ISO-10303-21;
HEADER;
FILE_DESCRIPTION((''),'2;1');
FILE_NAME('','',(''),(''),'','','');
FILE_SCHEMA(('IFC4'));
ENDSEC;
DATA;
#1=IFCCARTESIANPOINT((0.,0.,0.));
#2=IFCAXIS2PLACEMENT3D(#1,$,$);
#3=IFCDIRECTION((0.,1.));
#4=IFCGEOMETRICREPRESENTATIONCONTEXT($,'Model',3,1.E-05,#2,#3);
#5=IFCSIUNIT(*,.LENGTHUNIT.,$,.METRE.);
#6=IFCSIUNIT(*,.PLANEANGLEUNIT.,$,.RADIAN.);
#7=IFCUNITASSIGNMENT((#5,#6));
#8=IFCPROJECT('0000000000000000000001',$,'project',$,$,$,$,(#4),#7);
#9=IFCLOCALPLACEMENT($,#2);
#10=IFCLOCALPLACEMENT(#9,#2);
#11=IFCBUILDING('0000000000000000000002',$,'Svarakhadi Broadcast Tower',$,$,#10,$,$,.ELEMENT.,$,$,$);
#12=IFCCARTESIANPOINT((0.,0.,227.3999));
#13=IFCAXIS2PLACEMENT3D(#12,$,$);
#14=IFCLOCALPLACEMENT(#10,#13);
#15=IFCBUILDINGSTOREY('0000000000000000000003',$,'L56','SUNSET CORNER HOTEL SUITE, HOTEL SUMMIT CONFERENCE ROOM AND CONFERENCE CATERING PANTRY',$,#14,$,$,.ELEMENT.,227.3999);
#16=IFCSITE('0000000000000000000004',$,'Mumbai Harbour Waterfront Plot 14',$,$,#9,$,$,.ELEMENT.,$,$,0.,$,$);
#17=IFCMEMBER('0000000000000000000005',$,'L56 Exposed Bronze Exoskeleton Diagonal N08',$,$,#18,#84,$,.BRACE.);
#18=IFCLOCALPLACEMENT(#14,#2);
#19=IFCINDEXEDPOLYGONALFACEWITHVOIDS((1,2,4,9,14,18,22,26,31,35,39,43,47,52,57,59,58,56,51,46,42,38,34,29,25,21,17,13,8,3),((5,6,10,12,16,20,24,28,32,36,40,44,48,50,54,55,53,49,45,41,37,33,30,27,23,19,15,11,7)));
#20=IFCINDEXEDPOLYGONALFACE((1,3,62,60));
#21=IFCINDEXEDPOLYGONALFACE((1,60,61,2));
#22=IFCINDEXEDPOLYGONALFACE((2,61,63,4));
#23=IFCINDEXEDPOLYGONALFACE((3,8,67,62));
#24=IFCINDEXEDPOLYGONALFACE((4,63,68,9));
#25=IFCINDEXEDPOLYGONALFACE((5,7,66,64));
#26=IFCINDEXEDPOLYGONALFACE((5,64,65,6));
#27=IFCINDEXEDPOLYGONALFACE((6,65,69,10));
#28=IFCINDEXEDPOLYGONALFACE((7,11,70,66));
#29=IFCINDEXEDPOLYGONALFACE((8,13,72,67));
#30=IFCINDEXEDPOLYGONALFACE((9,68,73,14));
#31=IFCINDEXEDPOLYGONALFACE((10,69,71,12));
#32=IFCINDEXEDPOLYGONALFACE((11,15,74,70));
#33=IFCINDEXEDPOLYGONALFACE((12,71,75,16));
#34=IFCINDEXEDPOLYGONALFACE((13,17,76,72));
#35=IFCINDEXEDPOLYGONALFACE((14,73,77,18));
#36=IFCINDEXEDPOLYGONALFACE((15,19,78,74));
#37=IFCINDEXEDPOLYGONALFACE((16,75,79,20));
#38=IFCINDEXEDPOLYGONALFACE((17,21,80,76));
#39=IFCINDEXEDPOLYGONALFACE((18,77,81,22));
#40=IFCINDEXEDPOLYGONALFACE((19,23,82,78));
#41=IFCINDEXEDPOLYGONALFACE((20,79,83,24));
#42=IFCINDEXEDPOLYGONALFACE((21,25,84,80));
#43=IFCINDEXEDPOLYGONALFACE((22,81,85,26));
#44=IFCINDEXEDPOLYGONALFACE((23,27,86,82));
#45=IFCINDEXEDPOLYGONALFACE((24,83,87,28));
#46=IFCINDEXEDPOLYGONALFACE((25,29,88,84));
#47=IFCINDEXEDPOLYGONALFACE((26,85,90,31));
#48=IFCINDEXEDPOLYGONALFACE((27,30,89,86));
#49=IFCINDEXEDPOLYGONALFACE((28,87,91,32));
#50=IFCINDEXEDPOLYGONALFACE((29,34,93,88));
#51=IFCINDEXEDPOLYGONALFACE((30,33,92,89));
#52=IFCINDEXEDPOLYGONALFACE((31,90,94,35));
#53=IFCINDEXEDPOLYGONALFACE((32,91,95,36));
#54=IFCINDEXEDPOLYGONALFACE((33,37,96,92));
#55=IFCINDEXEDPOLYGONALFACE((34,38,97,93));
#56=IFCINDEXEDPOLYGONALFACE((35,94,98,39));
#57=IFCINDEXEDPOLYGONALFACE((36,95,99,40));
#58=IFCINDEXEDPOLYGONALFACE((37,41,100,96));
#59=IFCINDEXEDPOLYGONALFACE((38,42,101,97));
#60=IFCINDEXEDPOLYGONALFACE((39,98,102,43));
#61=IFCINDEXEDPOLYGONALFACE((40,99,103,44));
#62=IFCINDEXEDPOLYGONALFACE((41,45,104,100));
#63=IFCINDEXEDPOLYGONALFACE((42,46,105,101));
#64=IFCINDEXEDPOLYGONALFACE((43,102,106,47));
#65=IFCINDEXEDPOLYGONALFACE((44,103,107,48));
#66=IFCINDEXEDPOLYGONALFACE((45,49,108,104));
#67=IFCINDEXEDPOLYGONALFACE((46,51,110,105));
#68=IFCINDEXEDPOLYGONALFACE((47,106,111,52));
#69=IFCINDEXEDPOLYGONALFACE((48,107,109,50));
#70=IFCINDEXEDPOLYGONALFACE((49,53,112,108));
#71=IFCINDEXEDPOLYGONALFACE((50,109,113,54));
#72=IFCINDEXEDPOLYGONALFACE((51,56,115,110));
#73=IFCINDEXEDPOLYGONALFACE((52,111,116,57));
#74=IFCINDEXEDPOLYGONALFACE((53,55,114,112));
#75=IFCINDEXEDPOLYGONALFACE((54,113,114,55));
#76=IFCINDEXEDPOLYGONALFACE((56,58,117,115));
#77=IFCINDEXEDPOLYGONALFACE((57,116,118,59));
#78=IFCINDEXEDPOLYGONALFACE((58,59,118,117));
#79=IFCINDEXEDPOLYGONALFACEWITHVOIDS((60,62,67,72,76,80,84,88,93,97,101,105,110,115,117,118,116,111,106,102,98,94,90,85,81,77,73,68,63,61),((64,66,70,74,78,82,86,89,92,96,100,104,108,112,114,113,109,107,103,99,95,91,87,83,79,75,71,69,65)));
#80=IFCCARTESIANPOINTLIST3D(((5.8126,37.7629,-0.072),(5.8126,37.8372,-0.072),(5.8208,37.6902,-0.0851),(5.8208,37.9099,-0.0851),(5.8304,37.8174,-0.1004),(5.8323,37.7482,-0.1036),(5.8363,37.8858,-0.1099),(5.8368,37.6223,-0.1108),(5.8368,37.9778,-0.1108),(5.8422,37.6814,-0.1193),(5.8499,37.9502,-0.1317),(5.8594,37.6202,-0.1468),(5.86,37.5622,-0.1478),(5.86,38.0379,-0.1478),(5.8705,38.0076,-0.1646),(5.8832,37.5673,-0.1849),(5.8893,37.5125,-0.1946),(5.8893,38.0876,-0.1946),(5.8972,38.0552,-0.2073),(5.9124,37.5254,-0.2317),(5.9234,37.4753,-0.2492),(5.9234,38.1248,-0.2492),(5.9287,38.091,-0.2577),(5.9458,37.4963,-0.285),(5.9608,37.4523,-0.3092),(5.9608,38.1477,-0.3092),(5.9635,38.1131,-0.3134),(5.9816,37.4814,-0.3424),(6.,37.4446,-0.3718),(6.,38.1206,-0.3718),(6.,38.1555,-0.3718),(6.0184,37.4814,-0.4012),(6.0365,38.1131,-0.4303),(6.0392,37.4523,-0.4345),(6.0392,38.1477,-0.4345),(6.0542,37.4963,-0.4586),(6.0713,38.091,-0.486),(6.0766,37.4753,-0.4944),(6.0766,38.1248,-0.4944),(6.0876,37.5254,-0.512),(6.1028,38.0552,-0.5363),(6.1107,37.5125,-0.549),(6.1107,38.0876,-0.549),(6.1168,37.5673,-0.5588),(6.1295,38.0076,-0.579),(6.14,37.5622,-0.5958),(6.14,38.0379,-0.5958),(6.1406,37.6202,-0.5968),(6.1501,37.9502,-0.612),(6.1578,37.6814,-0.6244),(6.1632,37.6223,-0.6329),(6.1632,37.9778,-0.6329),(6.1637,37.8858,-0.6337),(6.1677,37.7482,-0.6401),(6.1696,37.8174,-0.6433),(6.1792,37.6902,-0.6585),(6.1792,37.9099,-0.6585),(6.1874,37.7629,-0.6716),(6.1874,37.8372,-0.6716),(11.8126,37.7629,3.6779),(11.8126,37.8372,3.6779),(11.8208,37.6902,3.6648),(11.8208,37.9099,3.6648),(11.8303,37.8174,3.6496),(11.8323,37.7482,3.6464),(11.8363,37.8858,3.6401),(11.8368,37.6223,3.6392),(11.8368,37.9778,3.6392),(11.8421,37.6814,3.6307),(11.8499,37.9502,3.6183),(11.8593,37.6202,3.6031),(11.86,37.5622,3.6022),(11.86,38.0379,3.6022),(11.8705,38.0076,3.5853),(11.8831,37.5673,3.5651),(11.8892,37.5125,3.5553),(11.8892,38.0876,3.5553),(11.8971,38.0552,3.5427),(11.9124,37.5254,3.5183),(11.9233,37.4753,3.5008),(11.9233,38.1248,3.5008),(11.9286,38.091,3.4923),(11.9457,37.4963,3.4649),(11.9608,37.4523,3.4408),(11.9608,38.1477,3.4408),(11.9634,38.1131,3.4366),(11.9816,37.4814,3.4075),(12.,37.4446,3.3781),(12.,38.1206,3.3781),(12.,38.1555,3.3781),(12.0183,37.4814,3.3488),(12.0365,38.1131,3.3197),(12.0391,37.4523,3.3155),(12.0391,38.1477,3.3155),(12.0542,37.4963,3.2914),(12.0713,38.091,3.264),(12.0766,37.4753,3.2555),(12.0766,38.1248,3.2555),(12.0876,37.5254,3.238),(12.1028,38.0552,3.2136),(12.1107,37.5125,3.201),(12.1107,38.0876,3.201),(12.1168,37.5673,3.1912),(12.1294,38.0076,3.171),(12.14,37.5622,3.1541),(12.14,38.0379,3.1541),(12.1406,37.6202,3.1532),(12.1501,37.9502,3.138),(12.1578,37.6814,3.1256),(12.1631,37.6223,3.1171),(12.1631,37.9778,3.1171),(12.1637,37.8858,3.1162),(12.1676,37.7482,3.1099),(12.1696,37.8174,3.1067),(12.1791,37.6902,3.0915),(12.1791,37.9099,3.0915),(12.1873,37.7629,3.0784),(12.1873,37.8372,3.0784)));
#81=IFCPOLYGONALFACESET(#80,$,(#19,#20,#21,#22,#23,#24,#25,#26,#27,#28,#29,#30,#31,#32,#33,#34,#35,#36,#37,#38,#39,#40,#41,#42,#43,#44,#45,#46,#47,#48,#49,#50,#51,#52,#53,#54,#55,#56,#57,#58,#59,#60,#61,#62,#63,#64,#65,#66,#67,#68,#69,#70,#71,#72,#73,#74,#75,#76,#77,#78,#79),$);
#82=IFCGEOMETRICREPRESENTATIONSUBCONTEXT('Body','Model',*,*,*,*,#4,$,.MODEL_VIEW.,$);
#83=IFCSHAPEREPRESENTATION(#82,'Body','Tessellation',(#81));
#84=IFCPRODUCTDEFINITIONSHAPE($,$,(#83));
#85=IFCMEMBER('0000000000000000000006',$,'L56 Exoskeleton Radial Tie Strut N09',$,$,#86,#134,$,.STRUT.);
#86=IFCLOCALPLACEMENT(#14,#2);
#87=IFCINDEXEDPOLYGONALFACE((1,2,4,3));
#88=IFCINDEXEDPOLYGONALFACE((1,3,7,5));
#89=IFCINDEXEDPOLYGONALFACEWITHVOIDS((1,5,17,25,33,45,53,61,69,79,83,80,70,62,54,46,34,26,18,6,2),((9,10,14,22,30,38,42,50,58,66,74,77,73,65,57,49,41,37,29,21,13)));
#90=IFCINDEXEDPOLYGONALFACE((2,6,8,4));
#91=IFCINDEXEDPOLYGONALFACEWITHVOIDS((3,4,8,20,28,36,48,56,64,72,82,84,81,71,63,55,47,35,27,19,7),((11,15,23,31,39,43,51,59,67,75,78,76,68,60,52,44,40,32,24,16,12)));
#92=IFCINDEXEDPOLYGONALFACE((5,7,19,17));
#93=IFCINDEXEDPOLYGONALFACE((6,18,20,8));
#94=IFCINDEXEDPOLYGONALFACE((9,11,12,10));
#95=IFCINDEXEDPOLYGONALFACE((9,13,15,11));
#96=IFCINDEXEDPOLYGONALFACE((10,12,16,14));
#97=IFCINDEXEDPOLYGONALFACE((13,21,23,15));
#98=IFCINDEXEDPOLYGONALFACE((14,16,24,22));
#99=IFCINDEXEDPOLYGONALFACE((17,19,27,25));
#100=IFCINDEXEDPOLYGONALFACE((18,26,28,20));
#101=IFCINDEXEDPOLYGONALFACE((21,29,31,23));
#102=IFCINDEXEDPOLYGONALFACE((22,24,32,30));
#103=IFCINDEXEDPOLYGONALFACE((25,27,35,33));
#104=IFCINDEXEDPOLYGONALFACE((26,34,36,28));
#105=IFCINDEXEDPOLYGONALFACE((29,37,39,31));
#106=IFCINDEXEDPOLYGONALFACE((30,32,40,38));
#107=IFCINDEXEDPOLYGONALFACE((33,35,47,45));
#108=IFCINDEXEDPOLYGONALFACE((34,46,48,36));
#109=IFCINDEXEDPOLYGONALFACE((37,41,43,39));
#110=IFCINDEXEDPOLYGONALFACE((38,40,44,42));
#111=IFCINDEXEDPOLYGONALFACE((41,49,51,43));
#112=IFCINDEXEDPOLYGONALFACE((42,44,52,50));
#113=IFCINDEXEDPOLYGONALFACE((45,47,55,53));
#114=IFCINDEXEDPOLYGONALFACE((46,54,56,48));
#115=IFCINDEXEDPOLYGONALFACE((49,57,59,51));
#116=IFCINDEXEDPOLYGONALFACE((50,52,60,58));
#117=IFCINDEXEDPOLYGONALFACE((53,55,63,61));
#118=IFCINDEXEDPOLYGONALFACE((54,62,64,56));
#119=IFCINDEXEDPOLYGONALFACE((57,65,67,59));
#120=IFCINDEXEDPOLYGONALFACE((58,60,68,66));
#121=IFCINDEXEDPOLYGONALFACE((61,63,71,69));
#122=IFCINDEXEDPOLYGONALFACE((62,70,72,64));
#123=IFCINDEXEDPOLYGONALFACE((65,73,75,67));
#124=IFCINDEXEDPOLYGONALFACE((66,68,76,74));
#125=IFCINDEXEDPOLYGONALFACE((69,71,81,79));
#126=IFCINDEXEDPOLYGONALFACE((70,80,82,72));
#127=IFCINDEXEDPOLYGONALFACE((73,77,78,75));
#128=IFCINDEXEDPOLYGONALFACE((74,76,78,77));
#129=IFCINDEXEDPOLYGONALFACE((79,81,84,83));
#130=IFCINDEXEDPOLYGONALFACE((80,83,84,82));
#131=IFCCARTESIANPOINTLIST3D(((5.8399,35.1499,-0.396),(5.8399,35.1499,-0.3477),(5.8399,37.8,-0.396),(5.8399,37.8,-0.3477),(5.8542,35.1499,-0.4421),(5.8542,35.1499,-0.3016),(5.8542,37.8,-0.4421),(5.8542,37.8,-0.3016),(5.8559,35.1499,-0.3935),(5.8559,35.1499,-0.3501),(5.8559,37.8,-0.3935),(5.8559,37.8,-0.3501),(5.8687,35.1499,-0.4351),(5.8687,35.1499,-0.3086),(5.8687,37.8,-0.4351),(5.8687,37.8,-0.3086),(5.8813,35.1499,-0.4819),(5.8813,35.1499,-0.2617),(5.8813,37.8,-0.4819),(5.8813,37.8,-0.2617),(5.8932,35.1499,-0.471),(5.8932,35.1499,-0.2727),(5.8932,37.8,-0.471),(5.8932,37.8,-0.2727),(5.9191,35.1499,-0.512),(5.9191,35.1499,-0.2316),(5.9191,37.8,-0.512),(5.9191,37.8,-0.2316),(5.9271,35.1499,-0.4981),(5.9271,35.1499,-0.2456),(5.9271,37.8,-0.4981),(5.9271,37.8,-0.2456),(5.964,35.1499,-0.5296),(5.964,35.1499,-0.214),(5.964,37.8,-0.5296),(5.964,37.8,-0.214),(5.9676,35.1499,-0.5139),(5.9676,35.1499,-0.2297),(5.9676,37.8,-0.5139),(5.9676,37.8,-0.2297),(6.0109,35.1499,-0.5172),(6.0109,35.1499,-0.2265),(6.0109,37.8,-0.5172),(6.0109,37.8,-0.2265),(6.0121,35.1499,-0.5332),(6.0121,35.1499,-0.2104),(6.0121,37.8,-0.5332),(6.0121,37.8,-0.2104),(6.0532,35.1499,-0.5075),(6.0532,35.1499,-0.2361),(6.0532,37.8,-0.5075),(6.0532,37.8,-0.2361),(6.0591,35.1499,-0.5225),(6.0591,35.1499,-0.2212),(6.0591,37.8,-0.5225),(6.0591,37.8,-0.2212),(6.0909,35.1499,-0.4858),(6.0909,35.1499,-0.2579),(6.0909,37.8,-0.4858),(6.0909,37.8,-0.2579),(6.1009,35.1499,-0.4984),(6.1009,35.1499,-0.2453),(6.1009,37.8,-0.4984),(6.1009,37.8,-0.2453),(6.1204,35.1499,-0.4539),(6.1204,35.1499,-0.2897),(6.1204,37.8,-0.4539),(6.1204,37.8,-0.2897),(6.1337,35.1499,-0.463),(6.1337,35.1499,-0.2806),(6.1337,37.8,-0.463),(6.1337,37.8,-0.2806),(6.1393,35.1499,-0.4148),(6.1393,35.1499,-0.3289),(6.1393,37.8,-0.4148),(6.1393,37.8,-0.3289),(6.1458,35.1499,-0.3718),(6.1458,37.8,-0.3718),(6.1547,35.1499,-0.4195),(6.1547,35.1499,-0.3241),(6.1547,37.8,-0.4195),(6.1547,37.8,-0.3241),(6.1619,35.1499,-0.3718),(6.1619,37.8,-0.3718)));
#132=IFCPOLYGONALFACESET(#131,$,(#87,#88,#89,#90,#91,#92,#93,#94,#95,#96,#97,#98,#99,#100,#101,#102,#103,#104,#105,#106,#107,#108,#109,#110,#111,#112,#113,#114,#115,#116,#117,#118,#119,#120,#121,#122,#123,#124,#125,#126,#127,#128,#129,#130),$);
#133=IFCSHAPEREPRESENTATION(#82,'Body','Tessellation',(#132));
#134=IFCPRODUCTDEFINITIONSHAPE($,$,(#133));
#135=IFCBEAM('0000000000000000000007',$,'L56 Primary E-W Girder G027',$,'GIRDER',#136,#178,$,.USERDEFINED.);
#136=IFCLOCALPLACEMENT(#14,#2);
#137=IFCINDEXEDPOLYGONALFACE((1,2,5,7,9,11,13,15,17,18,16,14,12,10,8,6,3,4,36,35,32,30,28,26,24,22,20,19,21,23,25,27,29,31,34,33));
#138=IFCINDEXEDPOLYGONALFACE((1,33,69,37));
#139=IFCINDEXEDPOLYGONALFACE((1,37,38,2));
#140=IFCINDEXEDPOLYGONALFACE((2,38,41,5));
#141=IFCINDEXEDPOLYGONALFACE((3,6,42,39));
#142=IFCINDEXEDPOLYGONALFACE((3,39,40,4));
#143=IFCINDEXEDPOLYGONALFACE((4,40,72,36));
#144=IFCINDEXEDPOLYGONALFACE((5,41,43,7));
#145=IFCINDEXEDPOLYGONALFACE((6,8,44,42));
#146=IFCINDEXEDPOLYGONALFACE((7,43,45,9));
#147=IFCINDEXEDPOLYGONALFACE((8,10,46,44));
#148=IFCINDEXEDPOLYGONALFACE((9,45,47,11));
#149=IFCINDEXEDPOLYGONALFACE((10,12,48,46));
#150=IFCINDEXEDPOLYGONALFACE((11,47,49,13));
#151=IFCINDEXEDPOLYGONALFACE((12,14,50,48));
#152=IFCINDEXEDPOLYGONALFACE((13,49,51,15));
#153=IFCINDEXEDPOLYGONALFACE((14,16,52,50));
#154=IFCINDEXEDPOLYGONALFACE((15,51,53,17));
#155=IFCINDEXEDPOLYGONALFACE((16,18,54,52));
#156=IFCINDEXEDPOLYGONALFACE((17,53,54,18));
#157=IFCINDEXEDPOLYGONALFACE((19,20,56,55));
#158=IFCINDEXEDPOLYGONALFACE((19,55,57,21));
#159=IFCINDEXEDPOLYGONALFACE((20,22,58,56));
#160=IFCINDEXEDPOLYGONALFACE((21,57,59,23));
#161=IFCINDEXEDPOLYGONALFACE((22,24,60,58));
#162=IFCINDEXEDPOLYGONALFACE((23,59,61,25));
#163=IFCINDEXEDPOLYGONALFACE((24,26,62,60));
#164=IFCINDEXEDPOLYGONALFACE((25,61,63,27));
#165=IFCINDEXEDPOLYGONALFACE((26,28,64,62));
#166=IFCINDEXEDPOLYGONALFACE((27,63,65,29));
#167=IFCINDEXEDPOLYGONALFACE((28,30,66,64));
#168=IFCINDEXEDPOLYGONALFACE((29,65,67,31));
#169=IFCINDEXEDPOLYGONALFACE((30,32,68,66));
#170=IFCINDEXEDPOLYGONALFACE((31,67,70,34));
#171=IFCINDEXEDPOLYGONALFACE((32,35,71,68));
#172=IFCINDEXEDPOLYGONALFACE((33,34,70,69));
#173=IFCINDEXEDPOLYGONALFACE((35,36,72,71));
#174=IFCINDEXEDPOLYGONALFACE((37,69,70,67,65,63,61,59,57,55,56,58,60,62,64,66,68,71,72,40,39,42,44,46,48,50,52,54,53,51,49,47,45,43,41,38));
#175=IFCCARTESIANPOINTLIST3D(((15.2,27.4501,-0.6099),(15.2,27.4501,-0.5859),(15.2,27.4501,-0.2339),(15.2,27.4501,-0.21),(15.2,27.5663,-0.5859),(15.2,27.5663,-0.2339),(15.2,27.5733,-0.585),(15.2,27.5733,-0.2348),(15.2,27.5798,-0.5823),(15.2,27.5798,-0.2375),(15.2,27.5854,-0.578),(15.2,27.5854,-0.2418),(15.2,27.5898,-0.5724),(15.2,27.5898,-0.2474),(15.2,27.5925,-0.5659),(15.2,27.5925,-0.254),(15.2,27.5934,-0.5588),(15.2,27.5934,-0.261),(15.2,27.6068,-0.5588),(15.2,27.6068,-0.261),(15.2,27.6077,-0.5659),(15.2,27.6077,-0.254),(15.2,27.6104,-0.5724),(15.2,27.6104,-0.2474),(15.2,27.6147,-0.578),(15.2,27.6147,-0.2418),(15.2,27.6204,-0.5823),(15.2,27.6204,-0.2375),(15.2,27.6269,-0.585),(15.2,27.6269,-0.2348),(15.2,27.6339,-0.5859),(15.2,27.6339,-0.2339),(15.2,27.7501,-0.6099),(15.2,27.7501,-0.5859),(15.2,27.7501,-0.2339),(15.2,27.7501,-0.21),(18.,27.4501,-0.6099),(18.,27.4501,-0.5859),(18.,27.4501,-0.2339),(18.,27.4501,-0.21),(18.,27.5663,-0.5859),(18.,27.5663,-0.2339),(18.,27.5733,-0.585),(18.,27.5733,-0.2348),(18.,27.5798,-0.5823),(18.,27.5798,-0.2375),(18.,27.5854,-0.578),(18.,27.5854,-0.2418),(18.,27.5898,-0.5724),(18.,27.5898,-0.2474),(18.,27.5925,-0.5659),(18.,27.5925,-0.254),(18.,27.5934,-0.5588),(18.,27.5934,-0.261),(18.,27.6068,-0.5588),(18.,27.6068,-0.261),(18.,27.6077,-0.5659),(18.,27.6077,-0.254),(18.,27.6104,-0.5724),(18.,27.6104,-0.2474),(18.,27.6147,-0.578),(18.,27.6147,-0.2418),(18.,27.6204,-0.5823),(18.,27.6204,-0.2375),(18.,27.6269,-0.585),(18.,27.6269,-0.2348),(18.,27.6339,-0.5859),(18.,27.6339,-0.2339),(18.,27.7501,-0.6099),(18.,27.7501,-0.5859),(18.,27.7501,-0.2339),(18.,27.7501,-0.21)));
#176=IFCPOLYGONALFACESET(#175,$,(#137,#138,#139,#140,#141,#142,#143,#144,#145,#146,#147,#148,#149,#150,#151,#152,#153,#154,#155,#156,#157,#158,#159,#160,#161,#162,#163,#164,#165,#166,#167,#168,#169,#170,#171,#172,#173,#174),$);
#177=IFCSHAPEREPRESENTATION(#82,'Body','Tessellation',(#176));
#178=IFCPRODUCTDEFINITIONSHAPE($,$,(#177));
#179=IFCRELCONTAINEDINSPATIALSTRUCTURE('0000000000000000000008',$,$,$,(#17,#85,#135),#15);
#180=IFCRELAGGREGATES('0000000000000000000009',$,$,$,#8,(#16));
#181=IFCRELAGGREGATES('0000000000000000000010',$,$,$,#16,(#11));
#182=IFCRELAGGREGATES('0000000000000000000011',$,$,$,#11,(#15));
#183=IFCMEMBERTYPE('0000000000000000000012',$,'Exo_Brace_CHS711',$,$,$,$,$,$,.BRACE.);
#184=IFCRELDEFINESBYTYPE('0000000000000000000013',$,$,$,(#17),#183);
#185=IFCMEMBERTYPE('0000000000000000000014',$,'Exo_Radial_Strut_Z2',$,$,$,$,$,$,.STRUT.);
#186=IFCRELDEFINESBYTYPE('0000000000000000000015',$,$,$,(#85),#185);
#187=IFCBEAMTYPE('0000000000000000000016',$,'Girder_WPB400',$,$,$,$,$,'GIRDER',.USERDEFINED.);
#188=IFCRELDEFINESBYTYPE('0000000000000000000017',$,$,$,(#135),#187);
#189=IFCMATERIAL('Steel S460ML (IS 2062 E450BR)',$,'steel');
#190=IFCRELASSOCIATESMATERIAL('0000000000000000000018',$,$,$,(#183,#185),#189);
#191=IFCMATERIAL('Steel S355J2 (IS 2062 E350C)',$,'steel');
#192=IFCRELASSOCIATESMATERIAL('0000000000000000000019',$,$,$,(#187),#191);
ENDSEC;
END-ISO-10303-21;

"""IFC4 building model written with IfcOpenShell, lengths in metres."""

from ifc_helpers import new_model, si_unit, direction, frame, origin, origin_2d, place, context, subcontext, project, spatial, hollow_circle, i_section, extrude, material, material_profile, profile_set, type_object, element, save


model = new_model("IFC4")

# Units and contexts
model_context = context("Model", 3, precision=1e-05, world=origin(), true_north=direction((0.0, 1.0)))
body_context = subcontext(model_context, "Body", "Model", "MODEL_VIEW")
ifc_project = project(units=[si_unit("LENGTHUNIT", "METRE"), si_unit("PLANEANGLEUNIT", "RADIAN")], contexts=[model_context])

# Site, building, storey
site_placement = place(None, origin())
site = spatial("IfcSite", under=ifc_project, at=site_placement, Name="Mumbai Harbour Waterfront Plot 14", CompositionType="ELEMENT", RefElevation=0.0)
building_placement = place(site_placement, origin())
building = spatial("IfcBuilding", under=site, at=building_placement, Name="Svarakhadi Broadcast Tower", CompositionType="ELEMENT")
storey_placement = place(building_placement, frame((0.0, 0.0, 227.3999)))
storey = spatial("IfcBuildingStorey", under=building, at=storey_placement, Name="L56", Description="SUNSET CORNER HOTEL SUITE, HOTEL SUMMIT CONFERENCE ROOM AND CONFERENCE CATERING PANTRY", CompositionType="ELEMENT", Elevation=227.3999)

# Shared definitions
ifc_material_1 = material(Name="Steel S460ML (IS 2062 E450BR)", Category="steel")

# Shared definitions
ifc_material_2 = material(Name="Steel S355J2 (IS 2062 E350C)", Category="steel")

# Members
ifc_material_profile_1 = material_profile(ifc_material_1, hollow_circle(Radius=0.3555, WallThickness=0.0349, at=origin_2d()), Name="CHS 711x35")
ifc_profile_set_1 = profile_set([ifc_material_profile_1], Name="Steel S460ML (IS 2062 E450BR)")
member_type_1 = type_object("IfcMemberType", Name="Exo_Brace_CHS711", PredefinedType="BRACE", material=ifc_profile_set_1)
member_1_placement = place(storey_placement, frame((6.0, 37.8, -0.3718), z_axis=(0.847998, 0.0, 0.529999), x_axis=(0.0, 1.0, 0.0)))
element("IfcMember", 1, at=member_1_placement, inside=storey, type_object=member_type_1, Name="L56 Exposed Bronze Exoskeleton Diagonal N08", PredefinedType="BRACE", context=body_context, shape_type="SweptSolid", body=[
    extrude(hollow_circle(Radius=0.3555, WallThickness=0.0349, at=origin_2d()), origin(), (0.0, 0.0, 1.0), 7.0754),
])
ifc_material_profile_2 = material_profile(ifc_material_1, hollow_circle(Radius=0.1619, WallThickness=0.0161, at=origin_2d()), Name="CHS 323.9x16")
ifc_profile_set_2 = profile_set([ifc_material_profile_2], Name="Steel S460ML (IS 2062 E450BR)")
member_type_2 = type_object("IfcMemberType", Name="Exo_Radial_Strut_Z2", PredefinedType="STRUT", material=ifc_profile_set_2)
member_2_placement = place(storey_placement, frame((6.0, 37.8, -0.3718), z_axis=(0.0, -1.0, 0.0), x_axis=(1.0, 0.0, 0.0)))
element("IfcMember", 2, at=member_2_placement, inside=storey, type_object=member_type_2, Name="L56 Exoskeleton Radial Tie Strut N09", PredefinedType="STRUT", context=body_context, shape_type="SweptSolid", body=[
    extrude(hollow_circle(Radius=0.1619, WallThickness=0.0161, at=origin_2d()), origin(), (0.0, 0.0, 1.0), 2.6501),
])

# Beam
ifc_material_profile_3 = material_profile(ifc_material_2, i_section(OverallWidth=0.3, OverallDepth=0.3999, WebThickness=0.0134, FlangeThickness=0.0239, FilletRadius=0.0271, at=origin_2d()), Name="WPB 400x300x155")
ifc_profile_set_3 = profile_set([ifc_material_profile_3], Name="Steel S355J2 (IS 2062 E350C)")
beam_type_1 = type_object("IfcBeamType", Name="Girder_WPB400", ElementType="GIRDER", PredefinedType="USERDEFINED", material=ifc_profile_set_3)
beam_placement = place(storey_placement, frame((15.2, 27.6001, -0.4099), z_axis=(1.0, 0.0, 0.0), x_axis=(0.0, 1.0, 0.0)))
element("IfcBeam", 3, at=beam_placement, inside=storey, type_object=beam_type_1, Name="L56 Primary E-W Girder G027", ObjectType="GIRDER", PredefinedType="USERDEFINED", context=body_context, shape_type="SweptSolid", body=[
    extrude(i_section(OverallWidth=0.3, OverallDepth=0.3999, WebThickness=0.0134, FlangeThickness=0.0239, FilletRadius=0.0271, at=origin_2d()), origin(), (0.0, 0.0, 1.0), 2.8),
])

save(model, "model.ifc")
